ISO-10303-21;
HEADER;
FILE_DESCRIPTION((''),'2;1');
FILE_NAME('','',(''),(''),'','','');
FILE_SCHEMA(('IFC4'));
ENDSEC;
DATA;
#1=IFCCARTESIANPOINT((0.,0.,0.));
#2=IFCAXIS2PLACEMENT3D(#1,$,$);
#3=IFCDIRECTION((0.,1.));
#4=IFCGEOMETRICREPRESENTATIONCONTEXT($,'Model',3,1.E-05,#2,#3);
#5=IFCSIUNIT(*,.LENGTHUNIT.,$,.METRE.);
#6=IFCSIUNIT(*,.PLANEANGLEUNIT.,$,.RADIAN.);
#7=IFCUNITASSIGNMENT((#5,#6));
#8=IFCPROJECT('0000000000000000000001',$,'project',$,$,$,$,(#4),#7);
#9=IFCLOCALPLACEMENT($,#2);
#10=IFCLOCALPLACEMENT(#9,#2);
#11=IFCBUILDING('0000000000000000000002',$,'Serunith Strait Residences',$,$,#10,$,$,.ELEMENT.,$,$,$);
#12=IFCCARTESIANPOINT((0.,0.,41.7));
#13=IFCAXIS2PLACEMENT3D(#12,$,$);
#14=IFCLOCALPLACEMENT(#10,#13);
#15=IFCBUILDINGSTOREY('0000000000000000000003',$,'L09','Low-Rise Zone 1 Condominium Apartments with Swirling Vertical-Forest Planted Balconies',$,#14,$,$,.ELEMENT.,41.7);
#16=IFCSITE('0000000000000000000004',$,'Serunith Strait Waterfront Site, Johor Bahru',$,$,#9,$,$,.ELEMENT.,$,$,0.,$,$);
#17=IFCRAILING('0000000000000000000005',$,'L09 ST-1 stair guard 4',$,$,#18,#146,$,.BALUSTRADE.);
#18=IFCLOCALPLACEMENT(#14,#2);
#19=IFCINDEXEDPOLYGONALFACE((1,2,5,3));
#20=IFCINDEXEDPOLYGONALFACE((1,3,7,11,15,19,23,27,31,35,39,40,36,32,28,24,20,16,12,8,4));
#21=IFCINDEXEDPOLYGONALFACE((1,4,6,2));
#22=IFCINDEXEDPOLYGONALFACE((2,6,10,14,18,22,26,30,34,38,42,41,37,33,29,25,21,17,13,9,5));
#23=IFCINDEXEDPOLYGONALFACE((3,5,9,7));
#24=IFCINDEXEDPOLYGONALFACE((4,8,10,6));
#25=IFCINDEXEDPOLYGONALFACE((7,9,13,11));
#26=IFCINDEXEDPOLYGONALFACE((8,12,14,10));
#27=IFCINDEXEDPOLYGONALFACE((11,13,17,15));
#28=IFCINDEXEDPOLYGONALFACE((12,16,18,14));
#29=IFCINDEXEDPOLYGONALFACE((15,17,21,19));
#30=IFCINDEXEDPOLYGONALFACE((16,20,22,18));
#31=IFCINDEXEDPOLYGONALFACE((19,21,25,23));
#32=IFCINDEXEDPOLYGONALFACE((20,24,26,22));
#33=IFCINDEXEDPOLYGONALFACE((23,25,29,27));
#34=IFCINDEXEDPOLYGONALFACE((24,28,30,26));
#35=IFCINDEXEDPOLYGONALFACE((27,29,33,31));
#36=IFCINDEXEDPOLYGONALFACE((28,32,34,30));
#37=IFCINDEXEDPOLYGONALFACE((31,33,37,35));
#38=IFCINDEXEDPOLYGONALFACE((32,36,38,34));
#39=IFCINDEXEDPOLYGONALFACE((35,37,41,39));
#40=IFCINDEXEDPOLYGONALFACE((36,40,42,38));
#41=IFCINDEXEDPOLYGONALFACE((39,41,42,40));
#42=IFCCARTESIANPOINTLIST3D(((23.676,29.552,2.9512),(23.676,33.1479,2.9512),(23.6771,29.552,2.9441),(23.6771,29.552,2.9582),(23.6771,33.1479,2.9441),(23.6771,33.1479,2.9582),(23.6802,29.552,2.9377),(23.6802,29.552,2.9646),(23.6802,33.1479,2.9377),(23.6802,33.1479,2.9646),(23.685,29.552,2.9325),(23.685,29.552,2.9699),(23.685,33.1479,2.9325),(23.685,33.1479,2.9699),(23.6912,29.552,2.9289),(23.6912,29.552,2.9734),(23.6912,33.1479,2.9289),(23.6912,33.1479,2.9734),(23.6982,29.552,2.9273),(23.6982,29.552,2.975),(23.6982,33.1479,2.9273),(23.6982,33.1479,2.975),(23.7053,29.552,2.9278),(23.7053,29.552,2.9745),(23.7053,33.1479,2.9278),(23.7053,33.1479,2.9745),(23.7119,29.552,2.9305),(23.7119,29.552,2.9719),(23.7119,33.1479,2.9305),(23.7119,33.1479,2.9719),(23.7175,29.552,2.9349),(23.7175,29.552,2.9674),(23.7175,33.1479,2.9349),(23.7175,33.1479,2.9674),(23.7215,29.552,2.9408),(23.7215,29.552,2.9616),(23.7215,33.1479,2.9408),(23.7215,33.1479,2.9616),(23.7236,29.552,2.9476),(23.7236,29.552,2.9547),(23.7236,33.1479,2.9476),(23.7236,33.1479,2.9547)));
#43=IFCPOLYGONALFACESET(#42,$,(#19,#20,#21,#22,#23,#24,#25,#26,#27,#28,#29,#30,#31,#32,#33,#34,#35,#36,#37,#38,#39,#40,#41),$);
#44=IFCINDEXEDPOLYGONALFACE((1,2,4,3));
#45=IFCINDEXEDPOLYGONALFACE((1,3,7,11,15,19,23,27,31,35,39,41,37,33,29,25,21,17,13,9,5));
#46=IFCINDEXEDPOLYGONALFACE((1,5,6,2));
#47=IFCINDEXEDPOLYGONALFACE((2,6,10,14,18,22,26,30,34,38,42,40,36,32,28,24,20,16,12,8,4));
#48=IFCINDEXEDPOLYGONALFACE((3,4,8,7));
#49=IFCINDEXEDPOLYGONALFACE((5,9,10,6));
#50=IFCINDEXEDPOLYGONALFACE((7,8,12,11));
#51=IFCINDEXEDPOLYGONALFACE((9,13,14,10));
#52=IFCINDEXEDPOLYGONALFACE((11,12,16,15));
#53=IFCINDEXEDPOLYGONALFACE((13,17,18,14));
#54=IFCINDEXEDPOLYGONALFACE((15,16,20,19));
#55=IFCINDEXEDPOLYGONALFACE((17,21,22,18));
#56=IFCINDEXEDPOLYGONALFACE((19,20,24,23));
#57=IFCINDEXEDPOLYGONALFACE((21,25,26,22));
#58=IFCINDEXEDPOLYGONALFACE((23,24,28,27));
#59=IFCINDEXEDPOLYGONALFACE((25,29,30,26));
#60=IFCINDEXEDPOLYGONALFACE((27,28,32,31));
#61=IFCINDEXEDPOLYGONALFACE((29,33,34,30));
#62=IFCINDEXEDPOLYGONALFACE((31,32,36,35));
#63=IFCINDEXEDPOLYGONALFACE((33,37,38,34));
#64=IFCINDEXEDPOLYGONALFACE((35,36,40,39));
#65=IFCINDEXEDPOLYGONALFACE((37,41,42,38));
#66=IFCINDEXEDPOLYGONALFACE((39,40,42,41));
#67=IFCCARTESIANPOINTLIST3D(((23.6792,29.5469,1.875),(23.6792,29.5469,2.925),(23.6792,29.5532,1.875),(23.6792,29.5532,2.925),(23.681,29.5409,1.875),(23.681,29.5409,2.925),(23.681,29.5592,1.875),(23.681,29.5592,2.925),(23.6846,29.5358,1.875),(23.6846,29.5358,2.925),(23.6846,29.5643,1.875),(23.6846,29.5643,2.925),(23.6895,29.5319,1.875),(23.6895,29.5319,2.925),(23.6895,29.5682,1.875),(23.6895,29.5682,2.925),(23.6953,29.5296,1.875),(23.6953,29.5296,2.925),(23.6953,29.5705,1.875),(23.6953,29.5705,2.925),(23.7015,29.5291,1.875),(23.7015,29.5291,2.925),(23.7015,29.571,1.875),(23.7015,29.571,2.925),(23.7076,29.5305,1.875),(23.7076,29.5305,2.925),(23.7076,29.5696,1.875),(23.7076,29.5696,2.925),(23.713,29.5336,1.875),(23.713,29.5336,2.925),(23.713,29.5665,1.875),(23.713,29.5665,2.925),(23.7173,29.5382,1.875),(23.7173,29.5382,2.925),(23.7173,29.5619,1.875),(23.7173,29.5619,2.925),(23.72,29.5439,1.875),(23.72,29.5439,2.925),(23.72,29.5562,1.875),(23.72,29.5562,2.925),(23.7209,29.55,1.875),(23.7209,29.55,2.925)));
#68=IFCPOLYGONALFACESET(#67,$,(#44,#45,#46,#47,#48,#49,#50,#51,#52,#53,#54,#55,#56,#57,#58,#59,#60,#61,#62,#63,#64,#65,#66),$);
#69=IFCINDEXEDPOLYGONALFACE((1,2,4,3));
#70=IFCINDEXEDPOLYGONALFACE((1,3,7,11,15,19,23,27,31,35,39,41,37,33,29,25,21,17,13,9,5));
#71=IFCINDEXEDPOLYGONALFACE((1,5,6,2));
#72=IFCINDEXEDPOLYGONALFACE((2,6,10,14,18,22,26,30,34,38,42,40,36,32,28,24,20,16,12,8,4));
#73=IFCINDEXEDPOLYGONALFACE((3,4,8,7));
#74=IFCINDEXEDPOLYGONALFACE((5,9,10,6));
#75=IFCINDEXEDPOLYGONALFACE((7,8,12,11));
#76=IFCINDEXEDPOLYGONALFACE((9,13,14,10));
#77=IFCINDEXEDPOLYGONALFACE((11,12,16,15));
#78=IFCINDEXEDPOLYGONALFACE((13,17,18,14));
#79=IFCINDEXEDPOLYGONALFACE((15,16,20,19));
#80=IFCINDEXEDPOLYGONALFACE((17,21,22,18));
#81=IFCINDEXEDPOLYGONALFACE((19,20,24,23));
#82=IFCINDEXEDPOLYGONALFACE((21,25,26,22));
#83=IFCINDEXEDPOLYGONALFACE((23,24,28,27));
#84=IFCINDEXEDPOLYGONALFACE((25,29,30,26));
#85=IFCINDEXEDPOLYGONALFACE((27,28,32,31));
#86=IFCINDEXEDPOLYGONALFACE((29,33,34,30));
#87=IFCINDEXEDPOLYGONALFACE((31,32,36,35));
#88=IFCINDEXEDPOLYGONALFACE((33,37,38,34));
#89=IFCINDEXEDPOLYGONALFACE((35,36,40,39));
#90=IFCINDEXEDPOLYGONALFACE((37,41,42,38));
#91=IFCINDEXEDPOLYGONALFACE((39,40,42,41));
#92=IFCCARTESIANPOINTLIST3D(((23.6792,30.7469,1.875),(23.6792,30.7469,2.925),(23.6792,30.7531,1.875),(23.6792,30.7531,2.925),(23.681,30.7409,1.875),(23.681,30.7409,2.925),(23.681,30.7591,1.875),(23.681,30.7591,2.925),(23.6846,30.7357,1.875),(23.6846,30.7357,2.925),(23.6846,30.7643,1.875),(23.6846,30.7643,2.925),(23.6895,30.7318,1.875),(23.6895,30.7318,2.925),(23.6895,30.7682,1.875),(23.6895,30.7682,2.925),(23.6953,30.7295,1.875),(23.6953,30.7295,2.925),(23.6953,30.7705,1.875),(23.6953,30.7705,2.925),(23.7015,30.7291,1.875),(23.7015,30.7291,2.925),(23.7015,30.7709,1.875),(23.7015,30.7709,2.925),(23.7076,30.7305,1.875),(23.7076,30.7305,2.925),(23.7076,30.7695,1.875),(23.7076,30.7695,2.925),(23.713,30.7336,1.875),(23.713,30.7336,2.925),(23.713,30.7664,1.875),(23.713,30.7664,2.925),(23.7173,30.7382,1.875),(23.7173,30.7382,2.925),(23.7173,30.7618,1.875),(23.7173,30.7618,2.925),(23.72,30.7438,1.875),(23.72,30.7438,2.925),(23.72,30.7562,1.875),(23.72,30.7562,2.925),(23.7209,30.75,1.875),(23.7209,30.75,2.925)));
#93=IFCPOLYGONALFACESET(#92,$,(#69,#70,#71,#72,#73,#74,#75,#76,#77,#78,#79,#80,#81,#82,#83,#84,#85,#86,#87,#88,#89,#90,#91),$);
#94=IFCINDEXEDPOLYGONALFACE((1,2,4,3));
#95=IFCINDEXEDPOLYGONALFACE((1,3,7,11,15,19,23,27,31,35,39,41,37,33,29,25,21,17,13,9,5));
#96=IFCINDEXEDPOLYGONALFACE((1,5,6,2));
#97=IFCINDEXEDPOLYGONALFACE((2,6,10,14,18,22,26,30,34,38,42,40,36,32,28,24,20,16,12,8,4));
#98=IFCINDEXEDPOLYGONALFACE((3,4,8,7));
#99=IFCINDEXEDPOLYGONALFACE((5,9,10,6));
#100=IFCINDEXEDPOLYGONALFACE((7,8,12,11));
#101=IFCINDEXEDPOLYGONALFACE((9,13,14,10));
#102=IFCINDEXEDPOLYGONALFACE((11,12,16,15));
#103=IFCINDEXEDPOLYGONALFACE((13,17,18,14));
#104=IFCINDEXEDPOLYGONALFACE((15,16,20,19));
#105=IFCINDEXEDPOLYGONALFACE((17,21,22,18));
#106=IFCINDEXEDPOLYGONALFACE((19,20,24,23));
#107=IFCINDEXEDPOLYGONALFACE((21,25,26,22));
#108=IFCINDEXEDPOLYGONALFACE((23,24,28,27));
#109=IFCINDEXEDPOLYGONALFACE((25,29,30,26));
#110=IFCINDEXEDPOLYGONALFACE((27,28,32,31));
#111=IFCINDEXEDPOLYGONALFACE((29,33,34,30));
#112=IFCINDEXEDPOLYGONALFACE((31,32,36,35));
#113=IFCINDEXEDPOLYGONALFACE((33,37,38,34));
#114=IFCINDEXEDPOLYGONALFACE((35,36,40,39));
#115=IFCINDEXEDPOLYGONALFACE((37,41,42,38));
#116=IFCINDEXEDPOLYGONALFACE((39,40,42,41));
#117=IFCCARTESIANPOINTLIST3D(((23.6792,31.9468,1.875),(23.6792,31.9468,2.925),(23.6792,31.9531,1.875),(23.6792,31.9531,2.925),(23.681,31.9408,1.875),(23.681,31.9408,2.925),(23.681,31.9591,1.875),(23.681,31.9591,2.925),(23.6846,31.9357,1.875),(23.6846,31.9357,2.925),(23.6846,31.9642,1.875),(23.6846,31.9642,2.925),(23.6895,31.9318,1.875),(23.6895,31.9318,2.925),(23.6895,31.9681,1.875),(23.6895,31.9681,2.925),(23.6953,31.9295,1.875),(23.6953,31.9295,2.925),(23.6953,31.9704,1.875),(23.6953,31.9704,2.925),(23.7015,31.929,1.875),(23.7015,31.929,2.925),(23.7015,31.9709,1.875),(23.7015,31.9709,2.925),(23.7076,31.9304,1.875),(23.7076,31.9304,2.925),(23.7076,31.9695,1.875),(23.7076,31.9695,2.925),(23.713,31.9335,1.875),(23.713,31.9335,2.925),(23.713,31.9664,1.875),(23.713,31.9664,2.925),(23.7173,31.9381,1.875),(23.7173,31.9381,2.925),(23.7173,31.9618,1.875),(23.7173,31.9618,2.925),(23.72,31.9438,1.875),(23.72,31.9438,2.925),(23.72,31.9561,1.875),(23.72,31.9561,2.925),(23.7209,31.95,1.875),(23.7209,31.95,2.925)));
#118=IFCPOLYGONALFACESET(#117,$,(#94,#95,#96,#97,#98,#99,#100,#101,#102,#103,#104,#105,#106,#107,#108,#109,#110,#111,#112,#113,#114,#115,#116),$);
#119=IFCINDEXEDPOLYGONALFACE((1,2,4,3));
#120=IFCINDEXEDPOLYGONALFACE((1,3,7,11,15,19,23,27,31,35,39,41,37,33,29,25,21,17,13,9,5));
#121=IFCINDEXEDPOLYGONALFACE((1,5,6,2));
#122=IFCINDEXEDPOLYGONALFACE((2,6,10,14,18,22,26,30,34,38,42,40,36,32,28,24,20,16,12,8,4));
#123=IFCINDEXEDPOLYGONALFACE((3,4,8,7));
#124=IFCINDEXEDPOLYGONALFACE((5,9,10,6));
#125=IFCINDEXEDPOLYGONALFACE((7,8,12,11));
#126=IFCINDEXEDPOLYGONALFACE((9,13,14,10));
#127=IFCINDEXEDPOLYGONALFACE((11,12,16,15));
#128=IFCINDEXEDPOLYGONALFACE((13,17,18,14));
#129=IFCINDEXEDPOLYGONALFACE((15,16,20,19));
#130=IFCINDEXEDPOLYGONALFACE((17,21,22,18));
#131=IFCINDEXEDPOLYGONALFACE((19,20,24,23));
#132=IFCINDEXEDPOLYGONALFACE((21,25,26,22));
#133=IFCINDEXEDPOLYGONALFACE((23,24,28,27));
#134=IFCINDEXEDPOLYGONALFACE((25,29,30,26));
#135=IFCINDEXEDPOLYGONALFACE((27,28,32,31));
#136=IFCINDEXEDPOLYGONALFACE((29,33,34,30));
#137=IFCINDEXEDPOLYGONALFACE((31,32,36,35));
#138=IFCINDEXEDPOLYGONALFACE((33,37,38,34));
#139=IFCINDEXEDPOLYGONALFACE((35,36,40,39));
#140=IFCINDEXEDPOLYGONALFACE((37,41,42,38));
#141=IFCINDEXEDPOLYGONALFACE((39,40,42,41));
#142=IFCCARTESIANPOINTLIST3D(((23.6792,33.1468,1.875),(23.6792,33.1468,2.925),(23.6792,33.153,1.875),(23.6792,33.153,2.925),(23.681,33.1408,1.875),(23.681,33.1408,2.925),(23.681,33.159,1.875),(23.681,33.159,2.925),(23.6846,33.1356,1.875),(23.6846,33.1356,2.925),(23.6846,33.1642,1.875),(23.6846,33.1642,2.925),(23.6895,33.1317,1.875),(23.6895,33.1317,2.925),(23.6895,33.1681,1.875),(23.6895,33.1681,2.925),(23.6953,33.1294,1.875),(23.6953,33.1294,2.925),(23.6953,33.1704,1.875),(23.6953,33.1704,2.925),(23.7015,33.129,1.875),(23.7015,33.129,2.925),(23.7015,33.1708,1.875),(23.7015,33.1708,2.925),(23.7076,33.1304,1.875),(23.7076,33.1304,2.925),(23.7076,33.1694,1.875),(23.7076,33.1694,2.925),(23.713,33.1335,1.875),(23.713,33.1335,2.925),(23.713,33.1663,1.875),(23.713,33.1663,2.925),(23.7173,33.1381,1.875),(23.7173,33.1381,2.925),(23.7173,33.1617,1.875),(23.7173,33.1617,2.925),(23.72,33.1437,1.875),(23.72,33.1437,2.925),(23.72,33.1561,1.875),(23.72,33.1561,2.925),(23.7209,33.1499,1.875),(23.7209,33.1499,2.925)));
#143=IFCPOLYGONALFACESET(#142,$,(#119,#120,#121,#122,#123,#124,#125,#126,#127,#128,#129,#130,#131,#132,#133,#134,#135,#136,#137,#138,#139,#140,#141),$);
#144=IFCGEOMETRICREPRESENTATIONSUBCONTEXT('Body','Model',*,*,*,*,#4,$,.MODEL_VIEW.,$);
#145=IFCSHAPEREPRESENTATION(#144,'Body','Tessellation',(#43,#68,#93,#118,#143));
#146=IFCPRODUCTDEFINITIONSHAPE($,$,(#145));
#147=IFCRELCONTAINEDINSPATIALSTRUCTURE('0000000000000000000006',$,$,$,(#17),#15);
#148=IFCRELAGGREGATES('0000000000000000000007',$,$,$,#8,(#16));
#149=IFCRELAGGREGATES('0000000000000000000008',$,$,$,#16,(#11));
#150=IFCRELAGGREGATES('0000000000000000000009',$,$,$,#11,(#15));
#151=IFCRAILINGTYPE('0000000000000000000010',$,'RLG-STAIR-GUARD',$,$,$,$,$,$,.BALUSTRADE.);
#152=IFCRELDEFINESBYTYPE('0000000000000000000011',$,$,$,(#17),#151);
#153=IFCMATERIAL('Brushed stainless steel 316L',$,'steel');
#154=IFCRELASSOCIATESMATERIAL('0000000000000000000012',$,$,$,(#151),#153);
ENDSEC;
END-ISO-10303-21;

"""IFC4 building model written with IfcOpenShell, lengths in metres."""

from ifc_helpers import new_model, si_unit, direction, frame, origin, origin_2d, place, context, subcontext, project, spatial, circle, extrude, material, type_object, element, save


model = new_model("IFC4")

# Units and contexts
model_context = context("Model", 3, precision=1e-05, world=origin(), true_north=direction((0.0, 1.0)))
body_context = subcontext(model_context, "Body", "Model", "MODEL_VIEW")
ifc_project = project(units=[si_unit("LENGTHUNIT", "METRE"), si_unit("PLANEANGLEUNIT", "RADIAN")], contexts=[model_context])

# Site, building, storey
site_placement = place(None, origin())
site = spatial("IfcSite", under=ifc_project, at=site_placement, Name="Serunith Strait Waterfront Site, Johor Bahru", CompositionType="ELEMENT", RefElevation=0.0)
building_placement = place(site_placement, origin())
building = spatial("IfcBuilding", under=site, at=building_placement, Name="Serunith Strait Residences", CompositionType="ELEMENT")
storey_placement = place(building_placement, frame((0.0, 0.0, 41.7)))
storey = spatial("IfcBuildingStorey", under=building, at=storey_placement, Name="L09", Description="Low-Rise Zone 1 Condominium Apartments with Swirling Vertical-Forest Planted Balconies", CompositionType="ELEMENT", Elevation=41.7)

# Railing
ifc_material_1 = material(Name="Brushed stainless steel 316L", Category="steel")
railing_type_1 = type_object("IfcRailingType", Name="RLG-STAIR-GUARD", PredefinedType="BALUSTRADE", material=ifc_material_1)
for number, where, name in (
    (1, (23.7, 29.55, 1.875), "L09 ST-1 stair guard 4"),
):
    element("IfcRailing", number, at=place(storey_placement, frame(where)), inside=storey, type_object=railing_type_1, Name=name, PredefinedType="BALUSTRADE", context=body_context, shape_type="SweptSolid", body=[
        extrude(circle(Radius=0.0239, at=origin_2d()), frame((0.0, 0.002, 1.0762), z_axis=(0.0, 1.0, 0.0), x_axis=(-1.0, 0.0, 0.0)), (0.0, 0.0, 1.0), 3.5959),
        extrude(circle(Radius=0.021, at=origin_2d()), origin(), (0.0, 0.0, 1.0), 1.05),
        extrude(circle(Radius=0.021, at=origin_2d()), frame((0.0, 1.2, 0.0)), (0.0, 0.0, 1.0), 1.05),
        extrude(circle(Radius=0.021, at=origin_2d()), frame((0.0, 2.3999, 0.0)), (0.0, 0.0, 1.0), 1.05),
        extrude(circle(Radius=0.021, at=origin_2d()), frame((0.0, 3.5999, 0.0)), (0.0, 0.0, 1.0), 1.05),
    ])

save(model, "model.ifc")
